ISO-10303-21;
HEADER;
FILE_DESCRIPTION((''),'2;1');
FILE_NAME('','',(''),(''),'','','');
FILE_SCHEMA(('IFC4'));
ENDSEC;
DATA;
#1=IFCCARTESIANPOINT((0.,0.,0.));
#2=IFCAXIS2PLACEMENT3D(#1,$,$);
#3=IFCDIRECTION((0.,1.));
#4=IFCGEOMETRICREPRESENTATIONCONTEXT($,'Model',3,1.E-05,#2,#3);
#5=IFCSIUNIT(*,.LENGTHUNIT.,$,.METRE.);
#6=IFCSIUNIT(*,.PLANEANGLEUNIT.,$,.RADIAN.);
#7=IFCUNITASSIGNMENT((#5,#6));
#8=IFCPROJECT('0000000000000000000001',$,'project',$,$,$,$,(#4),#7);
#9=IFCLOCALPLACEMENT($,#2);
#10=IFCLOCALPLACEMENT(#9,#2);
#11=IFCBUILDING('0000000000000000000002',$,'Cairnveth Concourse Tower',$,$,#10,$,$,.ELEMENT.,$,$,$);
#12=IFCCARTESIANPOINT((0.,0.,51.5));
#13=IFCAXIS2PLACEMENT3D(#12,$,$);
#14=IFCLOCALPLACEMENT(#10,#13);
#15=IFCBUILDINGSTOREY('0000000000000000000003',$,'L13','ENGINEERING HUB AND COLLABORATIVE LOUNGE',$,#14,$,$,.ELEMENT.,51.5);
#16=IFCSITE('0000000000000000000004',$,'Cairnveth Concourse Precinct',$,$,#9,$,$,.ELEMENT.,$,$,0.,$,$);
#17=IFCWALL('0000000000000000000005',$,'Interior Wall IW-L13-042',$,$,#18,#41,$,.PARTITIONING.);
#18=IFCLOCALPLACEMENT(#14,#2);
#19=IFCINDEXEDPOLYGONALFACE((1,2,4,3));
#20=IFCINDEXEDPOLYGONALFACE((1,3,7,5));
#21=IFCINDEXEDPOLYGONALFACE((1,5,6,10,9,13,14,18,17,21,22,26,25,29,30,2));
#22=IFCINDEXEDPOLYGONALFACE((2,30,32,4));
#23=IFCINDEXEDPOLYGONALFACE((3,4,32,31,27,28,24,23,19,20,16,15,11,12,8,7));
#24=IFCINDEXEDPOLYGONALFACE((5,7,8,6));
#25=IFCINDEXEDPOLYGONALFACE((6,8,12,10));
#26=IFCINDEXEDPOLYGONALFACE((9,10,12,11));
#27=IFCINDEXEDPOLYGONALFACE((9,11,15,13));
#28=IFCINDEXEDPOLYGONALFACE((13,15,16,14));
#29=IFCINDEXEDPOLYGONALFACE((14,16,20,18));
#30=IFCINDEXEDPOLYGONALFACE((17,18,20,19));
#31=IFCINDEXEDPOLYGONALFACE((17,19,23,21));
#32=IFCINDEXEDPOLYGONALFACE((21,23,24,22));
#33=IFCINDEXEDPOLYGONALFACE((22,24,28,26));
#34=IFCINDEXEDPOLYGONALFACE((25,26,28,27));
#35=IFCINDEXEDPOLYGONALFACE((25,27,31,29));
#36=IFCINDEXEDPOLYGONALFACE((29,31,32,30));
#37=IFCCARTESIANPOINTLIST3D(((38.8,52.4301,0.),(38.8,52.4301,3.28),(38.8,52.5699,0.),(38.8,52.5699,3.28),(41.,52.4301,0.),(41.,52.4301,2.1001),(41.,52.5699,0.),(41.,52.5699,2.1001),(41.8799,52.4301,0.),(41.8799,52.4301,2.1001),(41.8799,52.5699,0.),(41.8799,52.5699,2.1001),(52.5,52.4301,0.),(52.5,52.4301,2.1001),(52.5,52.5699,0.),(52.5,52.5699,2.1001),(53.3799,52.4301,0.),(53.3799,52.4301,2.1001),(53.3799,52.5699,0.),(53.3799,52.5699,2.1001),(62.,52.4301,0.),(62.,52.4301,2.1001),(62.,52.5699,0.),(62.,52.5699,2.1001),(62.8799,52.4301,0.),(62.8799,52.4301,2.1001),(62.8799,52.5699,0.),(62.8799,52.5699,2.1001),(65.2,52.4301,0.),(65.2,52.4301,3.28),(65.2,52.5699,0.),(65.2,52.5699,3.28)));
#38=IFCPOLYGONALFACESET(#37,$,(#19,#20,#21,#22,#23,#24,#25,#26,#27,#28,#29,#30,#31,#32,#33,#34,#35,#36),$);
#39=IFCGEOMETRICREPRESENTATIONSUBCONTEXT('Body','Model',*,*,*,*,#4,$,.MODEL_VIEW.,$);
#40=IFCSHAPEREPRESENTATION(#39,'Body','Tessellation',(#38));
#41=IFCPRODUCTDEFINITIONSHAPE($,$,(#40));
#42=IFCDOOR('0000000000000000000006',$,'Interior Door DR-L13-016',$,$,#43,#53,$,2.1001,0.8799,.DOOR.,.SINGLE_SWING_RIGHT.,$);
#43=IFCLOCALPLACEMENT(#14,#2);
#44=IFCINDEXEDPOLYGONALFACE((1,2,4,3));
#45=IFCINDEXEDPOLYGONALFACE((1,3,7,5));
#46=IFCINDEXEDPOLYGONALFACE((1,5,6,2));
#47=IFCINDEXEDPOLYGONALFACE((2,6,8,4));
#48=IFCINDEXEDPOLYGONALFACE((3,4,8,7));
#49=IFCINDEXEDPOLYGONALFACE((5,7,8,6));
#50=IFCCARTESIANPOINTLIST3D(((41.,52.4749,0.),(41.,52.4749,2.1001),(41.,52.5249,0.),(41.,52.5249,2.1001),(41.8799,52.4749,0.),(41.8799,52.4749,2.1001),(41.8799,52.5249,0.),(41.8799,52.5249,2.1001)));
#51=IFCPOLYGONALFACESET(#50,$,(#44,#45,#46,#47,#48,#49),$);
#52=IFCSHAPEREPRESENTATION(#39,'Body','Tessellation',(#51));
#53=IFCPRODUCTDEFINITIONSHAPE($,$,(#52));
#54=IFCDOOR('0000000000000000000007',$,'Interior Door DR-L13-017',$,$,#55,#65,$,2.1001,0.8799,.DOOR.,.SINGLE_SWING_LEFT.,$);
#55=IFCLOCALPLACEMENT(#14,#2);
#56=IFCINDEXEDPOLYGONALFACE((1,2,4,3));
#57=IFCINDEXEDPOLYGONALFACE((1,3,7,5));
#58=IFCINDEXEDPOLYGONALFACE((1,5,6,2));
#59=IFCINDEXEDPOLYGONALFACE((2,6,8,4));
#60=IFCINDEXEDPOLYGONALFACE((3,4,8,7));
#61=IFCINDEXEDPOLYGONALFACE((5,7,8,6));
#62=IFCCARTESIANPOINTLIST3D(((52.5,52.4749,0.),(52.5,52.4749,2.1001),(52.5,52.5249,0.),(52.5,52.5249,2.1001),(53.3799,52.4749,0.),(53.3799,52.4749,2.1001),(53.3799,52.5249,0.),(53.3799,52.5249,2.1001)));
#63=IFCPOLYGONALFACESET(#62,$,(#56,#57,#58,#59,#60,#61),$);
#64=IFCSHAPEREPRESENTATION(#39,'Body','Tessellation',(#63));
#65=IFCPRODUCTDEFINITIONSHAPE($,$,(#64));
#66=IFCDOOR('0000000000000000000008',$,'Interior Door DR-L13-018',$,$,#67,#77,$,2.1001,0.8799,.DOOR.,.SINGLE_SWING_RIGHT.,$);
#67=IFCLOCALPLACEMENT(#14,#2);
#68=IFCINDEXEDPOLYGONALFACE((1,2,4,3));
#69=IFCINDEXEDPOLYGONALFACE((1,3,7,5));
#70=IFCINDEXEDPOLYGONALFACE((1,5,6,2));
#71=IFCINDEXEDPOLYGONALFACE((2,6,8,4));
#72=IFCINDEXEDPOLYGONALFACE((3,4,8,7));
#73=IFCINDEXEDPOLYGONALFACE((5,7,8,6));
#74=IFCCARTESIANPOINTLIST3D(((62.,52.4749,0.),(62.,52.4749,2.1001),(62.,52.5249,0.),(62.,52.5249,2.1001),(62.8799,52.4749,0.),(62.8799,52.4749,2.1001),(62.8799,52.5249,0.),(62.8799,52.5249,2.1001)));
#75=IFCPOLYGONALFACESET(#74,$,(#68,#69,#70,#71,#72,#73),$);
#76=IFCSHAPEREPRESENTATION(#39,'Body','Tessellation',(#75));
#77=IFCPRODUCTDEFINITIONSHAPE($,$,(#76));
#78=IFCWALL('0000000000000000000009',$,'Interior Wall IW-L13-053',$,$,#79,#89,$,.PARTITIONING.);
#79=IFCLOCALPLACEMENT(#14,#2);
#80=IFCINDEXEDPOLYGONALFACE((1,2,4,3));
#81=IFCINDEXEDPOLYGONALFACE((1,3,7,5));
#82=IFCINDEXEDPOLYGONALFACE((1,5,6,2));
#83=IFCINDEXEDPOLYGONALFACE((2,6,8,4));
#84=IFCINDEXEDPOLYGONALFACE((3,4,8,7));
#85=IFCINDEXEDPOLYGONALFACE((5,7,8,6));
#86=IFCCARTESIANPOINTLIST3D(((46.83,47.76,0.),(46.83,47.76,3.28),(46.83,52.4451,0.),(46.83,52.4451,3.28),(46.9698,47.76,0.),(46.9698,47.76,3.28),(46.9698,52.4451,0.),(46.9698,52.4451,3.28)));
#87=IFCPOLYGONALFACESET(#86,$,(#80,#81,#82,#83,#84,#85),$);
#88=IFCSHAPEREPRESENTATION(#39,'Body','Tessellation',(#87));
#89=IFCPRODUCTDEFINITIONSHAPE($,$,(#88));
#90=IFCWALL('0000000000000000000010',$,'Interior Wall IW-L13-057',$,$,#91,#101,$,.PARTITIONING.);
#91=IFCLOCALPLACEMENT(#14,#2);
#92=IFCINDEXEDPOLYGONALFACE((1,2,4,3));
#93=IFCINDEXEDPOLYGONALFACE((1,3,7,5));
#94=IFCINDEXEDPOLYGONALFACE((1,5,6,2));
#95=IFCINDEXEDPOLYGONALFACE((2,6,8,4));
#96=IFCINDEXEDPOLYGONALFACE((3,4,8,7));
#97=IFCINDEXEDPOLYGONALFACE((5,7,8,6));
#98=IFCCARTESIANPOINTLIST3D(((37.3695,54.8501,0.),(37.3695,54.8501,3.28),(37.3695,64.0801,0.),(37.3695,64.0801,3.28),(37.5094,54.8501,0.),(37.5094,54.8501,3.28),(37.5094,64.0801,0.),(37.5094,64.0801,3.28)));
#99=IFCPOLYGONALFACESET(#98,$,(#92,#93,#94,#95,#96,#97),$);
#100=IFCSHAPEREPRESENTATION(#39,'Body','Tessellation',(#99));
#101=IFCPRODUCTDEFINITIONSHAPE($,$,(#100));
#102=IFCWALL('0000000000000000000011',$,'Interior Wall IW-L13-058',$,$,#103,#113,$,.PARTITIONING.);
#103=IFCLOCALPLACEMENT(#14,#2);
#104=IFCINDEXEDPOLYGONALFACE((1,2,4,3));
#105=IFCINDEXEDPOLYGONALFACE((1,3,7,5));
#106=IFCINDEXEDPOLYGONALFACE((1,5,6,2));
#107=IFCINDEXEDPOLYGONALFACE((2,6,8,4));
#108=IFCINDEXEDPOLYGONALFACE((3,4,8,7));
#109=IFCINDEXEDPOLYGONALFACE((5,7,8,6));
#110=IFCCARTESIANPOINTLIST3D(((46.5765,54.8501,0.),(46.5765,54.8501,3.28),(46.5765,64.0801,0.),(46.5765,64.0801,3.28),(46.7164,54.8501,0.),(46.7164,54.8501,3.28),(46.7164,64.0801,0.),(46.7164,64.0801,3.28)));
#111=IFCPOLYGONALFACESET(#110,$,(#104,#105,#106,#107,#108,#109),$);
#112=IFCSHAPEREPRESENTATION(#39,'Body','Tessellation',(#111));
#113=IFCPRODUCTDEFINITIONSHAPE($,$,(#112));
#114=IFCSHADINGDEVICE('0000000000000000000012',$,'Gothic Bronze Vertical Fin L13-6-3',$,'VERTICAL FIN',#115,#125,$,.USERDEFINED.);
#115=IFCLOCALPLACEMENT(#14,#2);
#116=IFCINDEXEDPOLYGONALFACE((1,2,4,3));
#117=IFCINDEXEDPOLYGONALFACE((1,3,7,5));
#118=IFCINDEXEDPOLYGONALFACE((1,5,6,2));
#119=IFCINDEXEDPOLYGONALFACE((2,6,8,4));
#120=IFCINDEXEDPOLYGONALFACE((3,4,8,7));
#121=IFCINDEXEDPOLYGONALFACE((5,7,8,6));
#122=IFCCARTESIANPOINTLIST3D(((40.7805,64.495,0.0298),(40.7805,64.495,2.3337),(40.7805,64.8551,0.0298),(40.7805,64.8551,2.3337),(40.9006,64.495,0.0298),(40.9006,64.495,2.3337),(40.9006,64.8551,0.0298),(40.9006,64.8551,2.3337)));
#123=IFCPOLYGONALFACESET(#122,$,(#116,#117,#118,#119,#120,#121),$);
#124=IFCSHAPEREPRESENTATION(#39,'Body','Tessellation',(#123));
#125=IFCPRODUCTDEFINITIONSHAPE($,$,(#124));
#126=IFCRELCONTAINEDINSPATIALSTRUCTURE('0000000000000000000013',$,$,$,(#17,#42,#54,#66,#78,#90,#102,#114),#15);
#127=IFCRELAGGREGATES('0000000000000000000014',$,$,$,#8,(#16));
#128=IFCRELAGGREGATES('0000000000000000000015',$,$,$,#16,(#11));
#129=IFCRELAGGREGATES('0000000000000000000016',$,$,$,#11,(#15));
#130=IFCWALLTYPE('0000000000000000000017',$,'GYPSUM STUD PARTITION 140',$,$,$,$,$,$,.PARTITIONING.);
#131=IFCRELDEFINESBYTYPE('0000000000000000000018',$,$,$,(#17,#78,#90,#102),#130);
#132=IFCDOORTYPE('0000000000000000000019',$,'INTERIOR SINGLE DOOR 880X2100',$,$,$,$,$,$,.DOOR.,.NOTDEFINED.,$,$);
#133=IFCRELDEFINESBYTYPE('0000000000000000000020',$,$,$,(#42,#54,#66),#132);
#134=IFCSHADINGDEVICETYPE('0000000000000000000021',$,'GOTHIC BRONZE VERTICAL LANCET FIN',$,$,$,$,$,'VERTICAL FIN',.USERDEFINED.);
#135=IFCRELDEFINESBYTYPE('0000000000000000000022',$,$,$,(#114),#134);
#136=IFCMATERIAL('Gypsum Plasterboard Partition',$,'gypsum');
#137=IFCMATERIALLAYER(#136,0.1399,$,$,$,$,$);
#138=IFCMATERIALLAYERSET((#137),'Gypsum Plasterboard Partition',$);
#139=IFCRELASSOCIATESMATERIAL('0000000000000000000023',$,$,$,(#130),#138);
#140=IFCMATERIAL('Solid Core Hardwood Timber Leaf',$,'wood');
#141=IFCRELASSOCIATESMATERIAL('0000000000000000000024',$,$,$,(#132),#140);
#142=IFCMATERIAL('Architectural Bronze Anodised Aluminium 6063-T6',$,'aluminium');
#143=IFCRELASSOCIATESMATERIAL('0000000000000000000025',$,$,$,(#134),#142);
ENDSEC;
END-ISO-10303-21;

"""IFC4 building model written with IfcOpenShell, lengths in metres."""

from ifc_helpers import new_model, si_unit, direction, frame, frame_2d, origin, origin_2d, place, context, subcontext, project, spatial, rectangle, extrude, material, layer, layer_set, type_object, element, fill, save


model = new_model("IFC4")

# Units and contexts
model_context = context("Model", 3, precision=1e-05, world=origin(), true_north=direction((0.0, 1.0)))
body_context = subcontext(model_context, "Body", "Model", "MODEL_VIEW")
ifc_project = project(units=[si_unit("LENGTHUNIT", "METRE"), si_unit("PLANEANGLEUNIT", "RADIAN")], contexts=[model_context])

# Site, building, storey
site_placement = place(None, origin())
site = spatial("IfcSite", under=ifc_project, at=site_placement, Name="Cairnveth Concourse Precinct", CompositionType="ELEMENT", RefElevation=0.0)
building_placement = place(site_placement, origin())
building = spatial("IfcBuilding", under=site, at=building_placement, Name="Cairnveth Concourse Tower", CompositionType="ELEMENT")
storey_placement = place(building_placement, frame((0.0, 0.0, 51.5)))
storey = spatial("IfcBuildingStorey", under=building, at=storey_placement, Name="L13", Description="ENGINEERING HUB AND COLLABORATIVE LOUNGE", CompositionType="ELEMENT", Elevation=51.5)

# Wall, openings, doors
ifc_material_1 = material(Name="Gypsum Plasterboard Partition", Category="gypsum")
ifc_layer = layer(ifc_material_1, 0.1399)
ifc_layer_set = layer_set([ifc_layer], Name="Gypsum Plasterboard Partition")
wall_type = type_object("IfcWallType", Name="GYPSUM STUD PARTITION 140", PredefinedType="PARTITIONING", material=ifc_layer_set)
ifc_material_2 = material(Name="Solid Core Hardwood Timber Leaf", Category="wood")
wall_1_placement = place(storey_placement, frame((38.8, 52.5, 0.0), z_axis=(0.0, 0.0, 1.0), x_axis=(1.0, 0.0, 0.0)))
wall_1 = element("IfcWall", 1, at=wall_1_placement, inside=storey, type_object=wall_type, Name="Interior Wall IW-L13-042", PredefinedType="PARTITIONING", context=body_context, shape_type="SweptSolid", body=[
    extrude(rectangle(XDim=26.3999, YDim=0.1399, at=frame_2d((13.2, 0.0))), origin(), (0.0, 0.0, 1.0), 3.28),
])
opening_1_placement = place(wall_1_placement, frame((2.2, 0.0, 0.0)))
opening_1 = element("IfcOpeningElement", 2, at=opening_1_placement, cuts=wall_1, PredefinedType="OPENING", context=body_context, shape_type="SweptSolid", body=[
    extrude(rectangle(XDim=0.8799, YDim=2.1001, at=frame_2d((0.4399, 1.05))), frame((0.0, 0.0798, 0.0), z_axis=(0.0, -1.0, 0.0), x_axis=(1.0, 0.0, 0.0)), (0.0, 0.0, 1.0), 0.1599),
])
opening_2_placement = place(wall_1_placement, frame((13.7, 0.0, 0.0)))
opening_2 = element("IfcOpeningElement", 3, at=opening_2_placement, cuts=wall_1, PredefinedType="OPENING", context=body_context, shape_type="SweptSolid", body=[
    extrude(rectangle(XDim=0.8799, YDim=2.1001, at=frame_2d((0.4399, 1.05))), frame((0.0, 0.0798, 0.0), z_axis=(0.0, -1.0, 0.0), x_axis=(1.0, 0.0, 0.0)), (0.0, 0.0, 1.0), 0.1599),
])
opening_3_placement = place(wall_1_placement, frame((23.2, 0.0, 0.0)))
opening_3 = element("IfcOpeningElement", 4, at=opening_3_placement, cuts=wall_1, PredefinedType="OPENING", context=body_context, shape_type="SweptSolid", body=[
    extrude(rectangle(XDim=0.8799, YDim=2.1001, at=frame_2d((0.4399, 1.05))), frame((0.0, 0.0798, 0.0), z_axis=(0.0, -1.0, 0.0), x_axis=(1.0, 0.0, 0.0)), (0.0, 0.0, 1.0), 0.1599),
])
door_type_1 = type_object("IfcDoorType", Name="INTERIOR SINGLE DOOR 880X2100", OperationType="NOTDEFINED", PredefinedType="DOOR", material=ifc_material_2)
door_1_placement = place(opening_1_placement, origin())
door_1 = element("IfcDoor", 5, at=door_1_placement, inside=storey, type_object=door_type_1, Name="Interior Door DR-L13-016", OperationType="SINGLE_SWING_RIGHT", OverallHeight=2.1001, OverallWidth=0.8799, PredefinedType="DOOR", context=body_context, shape_type="SweptSolid", body=[
    extrude(rectangle(XDim=0.8799, YDim=2.1001, at=frame_2d((0.4399, 1.05))), frame((0.0, 0.0249, 0.0), z_axis=(0.0, -1.0, 0.0), x_axis=(1.0, 0.0, 0.0)), (0.0, 0.0, 1.0), 0.05),
])
fill(opening_1, door_1)
door_2_placement = place(opening_2_placement, origin())
door_2 = element("IfcDoor", 6, at=door_2_placement, inside=storey, type_object=door_type_1, Name="Interior Door DR-L13-017", OperationType="SINGLE_SWING_LEFT", OverallHeight=2.1001, OverallWidth=0.8799, PredefinedType="DOOR", context=body_context, shape_type="SweptSolid", body=[
    extrude(rectangle(XDim=0.8799, YDim=2.1001, at=frame_2d((0.4399, 1.05))), frame((0.0, 0.0249, 0.0), z_axis=(0.0, -1.0, 0.0), x_axis=(1.0, 0.0, 0.0)), (0.0, 0.0, 1.0), 0.05),
])
fill(opening_2, door_2)
door_3_placement = place(opening_3_placement, origin())
door_3 = element("IfcDoor", 7, at=door_3_placement, inside=storey, type_object=door_type_1, Name="Interior Door DR-L13-018", OperationType="SINGLE_SWING_RIGHT", OverallHeight=2.1001, OverallWidth=0.8799, PredefinedType="DOOR", context=body_context, shape_type="SweptSolid", body=[
    extrude(rectangle(XDim=0.8799, YDim=2.1001, at=frame_2d((0.4399, 1.05))), frame((0.0, 0.0249, 0.0), z_axis=(0.0, -1.0, 0.0), x_axis=(1.0, 0.0, 0.0)), (0.0, 0.0, 1.0), 0.05),
])
fill(opening_3, door_3)

# Walls
wall_2_placement = place(storey_placement, frame((46.8999, 47.76, 0.0), z_axis=(0.0, 0.0, 1.0), x_axis=(0.0, 1.0, 0.0)))
element("IfcWall", 8, at=wall_2_placement, inside=storey, type_object=wall_type, Name="Interior Wall IW-L13-053", PredefinedType="PARTITIONING", context=body_context, shape_type="SweptSolid", body=[
    extrude(rectangle(XDim=4.6851, YDim=0.1399, at=frame_2d((2.3425, 0.0))), origin(), (0.0, 0.0, 1.0), 3.28),
])
for number, where, z_axis, x_axis, name in (
    (9, (37.4395, 54.8501, 0.0), (0.0, 0.0, 1.0), (0.0, 1.0, 0.0), "Interior Wall IW-L13-057"),
    (10, (46.6465, 54.8501, 0.0), (0.0, 0.0, 1.0), (0.0, 1.0, 0.0), "Interior Wall IW-L13-058"),
):
    element("IfcWall", number, at=place(storey_placement, frame(where, z_axis=z_axis, x_axis=x_axis)), inside=storey, type_object=wall_type, Name=name, PredefinedType="PARTITIONING", context=body_context, shape_type="SweptSolid", body=[
        extrude(rectangle(XDim=9.23, YDim=0.1399, at=frame_2d((4.615, 0.0))), origin(), (0.0, 0.0, 1.0), 3.28),
    ])

# Shading device
ifc_material_3 = material(Name="Architectural Bronze Anodised Aluminium 6063-T6", Category="aluminium")
shading_device_type = type_object("IfcShadingDeviceType", Name="GOTHIC BRONZE VERTICAL LANCET FIN", ElementType="VERTICAL FIN", PredefinedType="USERDEFINED", material=ifc_material_3)
shading_device_placement = place(storey_placement, frame((40.8406, 64.675, 0.0298), z_axis=(0.0, 0.0, 1.0), x_axis=(1.0, 0.0, 0.0)))
element("IfcShadingDevice", 11, at=shading_device_placement, inside=storey, type_object=shading_device_type, Name="Gothic Bronze Vertical Fin L13-6-3", ObjectType="VERTICAL FIN", PredefinedType="USERDEFINED", context=body_context, shape_type="SweptSolid", body=[
    extrude(rectangle(XDim=0.1201, YDim=0.3601, at=origin_2d()), origin(), (0.0, 0.0, 1.0), 2.304),
])

save(model, "model.ifc")
